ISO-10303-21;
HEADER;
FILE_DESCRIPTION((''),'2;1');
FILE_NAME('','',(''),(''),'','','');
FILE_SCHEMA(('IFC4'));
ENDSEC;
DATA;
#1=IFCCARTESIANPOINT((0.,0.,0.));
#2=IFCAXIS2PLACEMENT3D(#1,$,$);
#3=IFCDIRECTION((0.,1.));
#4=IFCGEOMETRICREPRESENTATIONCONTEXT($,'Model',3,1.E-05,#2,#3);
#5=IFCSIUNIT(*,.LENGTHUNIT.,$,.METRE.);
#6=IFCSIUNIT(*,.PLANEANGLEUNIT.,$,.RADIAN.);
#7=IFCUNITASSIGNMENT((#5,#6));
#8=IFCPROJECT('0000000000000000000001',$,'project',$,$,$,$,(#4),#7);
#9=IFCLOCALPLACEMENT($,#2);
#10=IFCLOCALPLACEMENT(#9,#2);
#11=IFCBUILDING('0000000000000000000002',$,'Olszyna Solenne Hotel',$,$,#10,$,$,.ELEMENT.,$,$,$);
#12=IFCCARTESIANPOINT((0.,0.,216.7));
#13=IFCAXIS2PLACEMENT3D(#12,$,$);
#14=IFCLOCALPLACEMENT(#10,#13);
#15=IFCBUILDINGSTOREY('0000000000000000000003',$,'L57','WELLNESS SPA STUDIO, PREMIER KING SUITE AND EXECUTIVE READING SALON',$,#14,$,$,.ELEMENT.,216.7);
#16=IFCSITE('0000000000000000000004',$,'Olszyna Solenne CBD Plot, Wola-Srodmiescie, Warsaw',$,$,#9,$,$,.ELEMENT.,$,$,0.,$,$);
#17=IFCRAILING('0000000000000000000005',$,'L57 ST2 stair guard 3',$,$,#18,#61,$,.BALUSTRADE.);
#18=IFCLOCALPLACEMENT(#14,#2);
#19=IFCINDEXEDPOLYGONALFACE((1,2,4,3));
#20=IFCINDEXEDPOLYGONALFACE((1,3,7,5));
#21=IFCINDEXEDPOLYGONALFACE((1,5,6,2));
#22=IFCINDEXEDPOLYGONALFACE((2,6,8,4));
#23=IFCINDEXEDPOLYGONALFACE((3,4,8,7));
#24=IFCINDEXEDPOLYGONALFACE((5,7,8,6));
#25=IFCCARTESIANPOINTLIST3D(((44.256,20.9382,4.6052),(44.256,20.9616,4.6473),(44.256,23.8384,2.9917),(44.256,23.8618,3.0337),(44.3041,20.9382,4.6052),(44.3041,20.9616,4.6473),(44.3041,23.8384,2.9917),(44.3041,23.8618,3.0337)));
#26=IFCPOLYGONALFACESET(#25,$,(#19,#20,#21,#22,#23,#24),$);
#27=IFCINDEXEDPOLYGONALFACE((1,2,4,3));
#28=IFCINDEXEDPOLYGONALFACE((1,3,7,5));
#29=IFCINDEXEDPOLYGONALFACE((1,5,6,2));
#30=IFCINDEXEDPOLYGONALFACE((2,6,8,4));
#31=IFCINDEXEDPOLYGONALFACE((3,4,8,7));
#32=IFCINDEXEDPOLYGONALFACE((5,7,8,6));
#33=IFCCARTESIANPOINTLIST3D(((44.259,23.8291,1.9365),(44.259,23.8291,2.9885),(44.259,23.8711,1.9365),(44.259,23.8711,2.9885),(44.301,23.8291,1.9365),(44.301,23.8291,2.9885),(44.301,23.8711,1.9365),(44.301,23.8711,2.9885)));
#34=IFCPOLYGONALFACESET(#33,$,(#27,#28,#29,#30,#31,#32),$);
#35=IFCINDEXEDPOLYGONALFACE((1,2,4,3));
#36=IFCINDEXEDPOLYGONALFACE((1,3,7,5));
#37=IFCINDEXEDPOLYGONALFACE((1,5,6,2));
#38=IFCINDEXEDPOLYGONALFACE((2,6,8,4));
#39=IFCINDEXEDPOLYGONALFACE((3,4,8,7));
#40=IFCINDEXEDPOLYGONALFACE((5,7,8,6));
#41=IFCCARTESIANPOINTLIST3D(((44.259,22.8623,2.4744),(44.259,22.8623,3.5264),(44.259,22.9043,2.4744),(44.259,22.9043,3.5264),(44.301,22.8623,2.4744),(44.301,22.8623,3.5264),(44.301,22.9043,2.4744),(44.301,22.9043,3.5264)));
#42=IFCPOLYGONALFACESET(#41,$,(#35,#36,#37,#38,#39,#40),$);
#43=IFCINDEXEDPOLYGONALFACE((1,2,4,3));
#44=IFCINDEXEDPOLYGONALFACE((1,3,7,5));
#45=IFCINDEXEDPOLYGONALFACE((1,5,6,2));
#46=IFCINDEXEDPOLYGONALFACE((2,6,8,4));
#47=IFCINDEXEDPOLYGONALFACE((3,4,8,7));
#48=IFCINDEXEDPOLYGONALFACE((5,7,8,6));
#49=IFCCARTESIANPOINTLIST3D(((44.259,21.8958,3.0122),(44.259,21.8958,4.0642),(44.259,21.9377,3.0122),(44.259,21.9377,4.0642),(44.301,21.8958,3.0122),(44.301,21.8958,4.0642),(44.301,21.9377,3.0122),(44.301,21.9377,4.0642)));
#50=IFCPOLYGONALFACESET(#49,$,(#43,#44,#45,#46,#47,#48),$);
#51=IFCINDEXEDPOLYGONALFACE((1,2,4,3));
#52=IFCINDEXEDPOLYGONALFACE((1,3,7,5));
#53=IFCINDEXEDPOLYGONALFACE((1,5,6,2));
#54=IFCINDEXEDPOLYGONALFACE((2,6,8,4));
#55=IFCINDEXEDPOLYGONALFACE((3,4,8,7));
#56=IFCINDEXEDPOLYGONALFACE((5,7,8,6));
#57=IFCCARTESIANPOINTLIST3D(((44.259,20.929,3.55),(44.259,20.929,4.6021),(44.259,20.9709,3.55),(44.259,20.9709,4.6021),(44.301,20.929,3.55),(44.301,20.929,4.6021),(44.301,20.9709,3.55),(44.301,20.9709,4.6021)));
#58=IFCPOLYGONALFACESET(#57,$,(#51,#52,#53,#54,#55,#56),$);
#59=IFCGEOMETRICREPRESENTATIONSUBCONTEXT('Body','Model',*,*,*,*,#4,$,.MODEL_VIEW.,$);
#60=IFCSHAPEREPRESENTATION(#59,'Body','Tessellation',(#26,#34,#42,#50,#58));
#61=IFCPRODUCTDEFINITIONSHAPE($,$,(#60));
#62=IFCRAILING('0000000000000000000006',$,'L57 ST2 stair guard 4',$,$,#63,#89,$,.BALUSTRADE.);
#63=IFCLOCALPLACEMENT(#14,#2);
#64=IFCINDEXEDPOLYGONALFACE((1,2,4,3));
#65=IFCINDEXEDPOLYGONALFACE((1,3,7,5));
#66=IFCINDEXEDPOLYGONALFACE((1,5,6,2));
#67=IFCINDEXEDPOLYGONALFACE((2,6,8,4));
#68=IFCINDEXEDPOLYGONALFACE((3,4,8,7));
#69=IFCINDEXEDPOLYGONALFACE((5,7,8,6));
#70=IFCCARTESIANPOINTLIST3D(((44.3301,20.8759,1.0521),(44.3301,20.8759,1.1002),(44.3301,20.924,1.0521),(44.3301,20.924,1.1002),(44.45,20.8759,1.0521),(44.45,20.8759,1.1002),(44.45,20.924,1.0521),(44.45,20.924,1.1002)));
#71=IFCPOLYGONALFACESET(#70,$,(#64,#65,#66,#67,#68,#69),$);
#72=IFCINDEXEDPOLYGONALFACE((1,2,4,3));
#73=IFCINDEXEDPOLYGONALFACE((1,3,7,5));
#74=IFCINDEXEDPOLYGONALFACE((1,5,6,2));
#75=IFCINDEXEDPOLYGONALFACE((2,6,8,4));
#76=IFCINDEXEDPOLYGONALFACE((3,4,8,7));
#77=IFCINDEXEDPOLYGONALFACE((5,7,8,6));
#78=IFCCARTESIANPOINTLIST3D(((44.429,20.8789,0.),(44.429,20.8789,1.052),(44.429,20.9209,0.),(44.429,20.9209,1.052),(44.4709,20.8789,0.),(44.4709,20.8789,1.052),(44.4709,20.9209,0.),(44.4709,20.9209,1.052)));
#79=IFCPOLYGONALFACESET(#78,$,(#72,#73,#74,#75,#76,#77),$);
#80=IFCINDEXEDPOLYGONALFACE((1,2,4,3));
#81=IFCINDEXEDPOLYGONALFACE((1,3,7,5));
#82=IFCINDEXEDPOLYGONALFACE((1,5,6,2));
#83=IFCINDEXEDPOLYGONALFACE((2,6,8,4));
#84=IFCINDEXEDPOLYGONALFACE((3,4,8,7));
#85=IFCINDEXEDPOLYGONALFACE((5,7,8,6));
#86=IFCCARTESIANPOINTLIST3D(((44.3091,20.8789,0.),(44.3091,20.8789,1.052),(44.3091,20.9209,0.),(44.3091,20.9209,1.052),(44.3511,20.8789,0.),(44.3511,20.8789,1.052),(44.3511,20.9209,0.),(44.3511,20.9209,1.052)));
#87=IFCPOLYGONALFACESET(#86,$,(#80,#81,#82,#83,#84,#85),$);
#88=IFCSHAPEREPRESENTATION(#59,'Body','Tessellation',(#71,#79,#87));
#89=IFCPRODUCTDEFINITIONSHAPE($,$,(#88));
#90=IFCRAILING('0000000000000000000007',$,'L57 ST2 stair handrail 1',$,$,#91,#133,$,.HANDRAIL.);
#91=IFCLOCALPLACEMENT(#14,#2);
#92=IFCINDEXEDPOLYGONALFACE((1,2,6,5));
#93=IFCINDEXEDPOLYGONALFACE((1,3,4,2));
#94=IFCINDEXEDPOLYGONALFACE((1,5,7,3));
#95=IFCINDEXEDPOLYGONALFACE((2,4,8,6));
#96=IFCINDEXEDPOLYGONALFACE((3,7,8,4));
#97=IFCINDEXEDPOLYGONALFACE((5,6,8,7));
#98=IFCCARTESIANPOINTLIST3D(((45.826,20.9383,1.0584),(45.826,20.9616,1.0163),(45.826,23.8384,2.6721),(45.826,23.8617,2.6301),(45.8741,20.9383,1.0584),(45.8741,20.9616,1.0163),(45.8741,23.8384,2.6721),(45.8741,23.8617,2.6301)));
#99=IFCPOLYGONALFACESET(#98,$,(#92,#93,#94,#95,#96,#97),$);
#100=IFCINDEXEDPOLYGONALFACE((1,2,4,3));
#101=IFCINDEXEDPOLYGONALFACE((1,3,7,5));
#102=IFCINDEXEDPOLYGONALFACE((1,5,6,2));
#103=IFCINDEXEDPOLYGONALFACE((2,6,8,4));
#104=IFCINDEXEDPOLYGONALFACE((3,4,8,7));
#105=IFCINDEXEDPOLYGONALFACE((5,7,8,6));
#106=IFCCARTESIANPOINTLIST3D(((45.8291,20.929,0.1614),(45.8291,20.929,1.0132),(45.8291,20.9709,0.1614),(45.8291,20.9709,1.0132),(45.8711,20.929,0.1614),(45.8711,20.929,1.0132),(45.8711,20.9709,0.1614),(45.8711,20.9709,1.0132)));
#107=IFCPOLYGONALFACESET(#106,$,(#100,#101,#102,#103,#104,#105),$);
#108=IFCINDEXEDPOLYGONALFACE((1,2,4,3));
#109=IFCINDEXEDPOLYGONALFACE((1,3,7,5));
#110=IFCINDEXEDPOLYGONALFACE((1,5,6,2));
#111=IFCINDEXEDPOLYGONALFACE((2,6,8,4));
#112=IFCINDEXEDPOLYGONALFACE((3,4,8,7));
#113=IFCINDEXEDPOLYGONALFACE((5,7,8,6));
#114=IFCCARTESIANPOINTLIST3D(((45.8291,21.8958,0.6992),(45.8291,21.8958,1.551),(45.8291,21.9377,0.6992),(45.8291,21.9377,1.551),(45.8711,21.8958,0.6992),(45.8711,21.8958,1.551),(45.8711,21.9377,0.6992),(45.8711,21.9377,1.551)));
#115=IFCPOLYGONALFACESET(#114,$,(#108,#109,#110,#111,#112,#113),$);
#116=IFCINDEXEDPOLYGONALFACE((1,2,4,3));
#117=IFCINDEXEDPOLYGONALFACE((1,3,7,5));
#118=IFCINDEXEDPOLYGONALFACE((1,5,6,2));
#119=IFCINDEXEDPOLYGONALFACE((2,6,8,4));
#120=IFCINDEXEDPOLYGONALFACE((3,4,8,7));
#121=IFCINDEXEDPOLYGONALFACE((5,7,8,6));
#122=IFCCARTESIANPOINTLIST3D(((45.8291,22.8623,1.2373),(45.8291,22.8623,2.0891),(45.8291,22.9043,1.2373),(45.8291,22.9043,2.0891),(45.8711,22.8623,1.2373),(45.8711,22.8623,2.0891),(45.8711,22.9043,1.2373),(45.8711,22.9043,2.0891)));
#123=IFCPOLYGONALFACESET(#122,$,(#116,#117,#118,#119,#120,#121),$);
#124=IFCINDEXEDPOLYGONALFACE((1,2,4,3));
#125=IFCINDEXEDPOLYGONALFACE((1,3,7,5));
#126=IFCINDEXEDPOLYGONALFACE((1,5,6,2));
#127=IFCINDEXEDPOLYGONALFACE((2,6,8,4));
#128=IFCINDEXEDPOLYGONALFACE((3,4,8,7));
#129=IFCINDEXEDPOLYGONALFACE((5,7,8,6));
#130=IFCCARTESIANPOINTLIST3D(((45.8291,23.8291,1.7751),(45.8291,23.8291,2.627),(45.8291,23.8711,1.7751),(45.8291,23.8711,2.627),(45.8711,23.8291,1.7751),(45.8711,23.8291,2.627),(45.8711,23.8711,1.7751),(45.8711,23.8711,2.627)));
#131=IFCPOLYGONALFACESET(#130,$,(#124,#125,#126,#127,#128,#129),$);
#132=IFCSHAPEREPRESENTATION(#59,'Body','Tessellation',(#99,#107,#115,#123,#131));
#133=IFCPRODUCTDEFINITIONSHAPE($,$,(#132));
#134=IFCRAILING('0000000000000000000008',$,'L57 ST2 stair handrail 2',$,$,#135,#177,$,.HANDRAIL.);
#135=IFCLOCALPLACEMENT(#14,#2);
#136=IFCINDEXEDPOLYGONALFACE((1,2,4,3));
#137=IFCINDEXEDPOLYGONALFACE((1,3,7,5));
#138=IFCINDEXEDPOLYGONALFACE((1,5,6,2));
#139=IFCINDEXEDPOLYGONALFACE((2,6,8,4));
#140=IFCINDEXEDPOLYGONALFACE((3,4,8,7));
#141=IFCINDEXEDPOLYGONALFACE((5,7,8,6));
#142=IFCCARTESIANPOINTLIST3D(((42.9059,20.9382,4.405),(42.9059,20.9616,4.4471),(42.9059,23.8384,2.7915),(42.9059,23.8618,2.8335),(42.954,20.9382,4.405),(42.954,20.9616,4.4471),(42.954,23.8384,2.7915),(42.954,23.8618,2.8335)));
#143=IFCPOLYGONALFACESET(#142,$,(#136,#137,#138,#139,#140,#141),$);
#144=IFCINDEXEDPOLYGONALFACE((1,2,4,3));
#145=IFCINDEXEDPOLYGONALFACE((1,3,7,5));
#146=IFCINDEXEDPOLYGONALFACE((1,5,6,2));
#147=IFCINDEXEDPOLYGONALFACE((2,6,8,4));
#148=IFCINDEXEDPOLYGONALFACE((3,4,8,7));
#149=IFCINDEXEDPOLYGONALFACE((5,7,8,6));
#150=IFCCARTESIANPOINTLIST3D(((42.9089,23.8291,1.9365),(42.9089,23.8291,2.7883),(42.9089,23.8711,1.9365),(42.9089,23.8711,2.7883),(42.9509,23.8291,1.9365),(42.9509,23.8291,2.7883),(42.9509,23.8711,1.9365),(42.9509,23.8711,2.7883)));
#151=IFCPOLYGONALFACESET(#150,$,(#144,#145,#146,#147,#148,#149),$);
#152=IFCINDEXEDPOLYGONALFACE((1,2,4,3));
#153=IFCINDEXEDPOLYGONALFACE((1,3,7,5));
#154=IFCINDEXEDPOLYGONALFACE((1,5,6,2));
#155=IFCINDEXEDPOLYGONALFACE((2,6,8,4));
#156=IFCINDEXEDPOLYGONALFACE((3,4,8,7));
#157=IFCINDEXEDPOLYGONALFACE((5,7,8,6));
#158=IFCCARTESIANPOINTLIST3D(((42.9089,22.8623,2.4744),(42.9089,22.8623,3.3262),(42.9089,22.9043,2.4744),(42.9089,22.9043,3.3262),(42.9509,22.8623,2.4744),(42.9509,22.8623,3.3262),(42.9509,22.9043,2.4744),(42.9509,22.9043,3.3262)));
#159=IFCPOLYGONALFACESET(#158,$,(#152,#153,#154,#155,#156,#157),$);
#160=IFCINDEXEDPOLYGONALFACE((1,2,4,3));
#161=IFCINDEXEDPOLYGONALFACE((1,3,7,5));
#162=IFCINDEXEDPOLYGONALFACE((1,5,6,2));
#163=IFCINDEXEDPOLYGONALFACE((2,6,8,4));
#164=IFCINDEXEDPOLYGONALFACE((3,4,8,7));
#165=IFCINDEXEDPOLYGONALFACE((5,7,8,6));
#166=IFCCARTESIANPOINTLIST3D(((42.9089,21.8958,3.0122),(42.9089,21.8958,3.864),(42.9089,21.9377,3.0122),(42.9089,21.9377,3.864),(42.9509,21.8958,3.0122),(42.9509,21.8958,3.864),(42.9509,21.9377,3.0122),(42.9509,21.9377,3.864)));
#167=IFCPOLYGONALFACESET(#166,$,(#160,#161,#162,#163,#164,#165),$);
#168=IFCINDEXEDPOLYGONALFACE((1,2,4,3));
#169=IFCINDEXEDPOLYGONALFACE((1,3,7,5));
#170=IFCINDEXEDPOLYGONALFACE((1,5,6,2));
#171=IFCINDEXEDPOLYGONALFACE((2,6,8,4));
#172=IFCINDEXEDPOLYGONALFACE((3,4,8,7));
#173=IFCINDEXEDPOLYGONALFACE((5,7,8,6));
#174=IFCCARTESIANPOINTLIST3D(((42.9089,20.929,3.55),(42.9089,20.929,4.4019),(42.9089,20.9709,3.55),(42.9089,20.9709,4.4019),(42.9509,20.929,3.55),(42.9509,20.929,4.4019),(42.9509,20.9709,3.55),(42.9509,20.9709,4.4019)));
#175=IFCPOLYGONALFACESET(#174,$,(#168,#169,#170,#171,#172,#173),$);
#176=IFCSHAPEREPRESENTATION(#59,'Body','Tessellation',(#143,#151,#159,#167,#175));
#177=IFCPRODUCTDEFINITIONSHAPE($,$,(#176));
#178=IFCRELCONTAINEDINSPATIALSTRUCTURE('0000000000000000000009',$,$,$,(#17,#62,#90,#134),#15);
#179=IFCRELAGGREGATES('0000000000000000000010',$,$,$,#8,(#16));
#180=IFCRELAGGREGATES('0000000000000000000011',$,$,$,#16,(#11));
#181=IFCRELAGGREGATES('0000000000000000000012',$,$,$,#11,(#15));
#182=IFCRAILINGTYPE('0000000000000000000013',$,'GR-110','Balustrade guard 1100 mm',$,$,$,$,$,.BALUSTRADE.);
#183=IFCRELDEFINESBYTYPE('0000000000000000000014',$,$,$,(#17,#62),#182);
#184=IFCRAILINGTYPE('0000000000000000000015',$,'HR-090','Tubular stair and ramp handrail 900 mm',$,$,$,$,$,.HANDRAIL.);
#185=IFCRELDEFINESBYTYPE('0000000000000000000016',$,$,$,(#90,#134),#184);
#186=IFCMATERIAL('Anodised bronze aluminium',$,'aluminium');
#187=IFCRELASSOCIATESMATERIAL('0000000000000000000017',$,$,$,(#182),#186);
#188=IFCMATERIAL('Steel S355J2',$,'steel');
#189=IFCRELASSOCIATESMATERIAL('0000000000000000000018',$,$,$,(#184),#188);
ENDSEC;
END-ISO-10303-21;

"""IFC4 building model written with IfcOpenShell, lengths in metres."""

from ifc_helpers import new_model, si_unit, direction, frame, origin, origin_2d, place, context, subcontext, project, spatial, rectangle, extrude, material, type_object, element, save


model = new_model("IFC4")

# Units and contexts
model_context = context("Model", 3, precision=1e-05, world=origin(), true_north=direction((0.0, 1.0)))
body_context = subcontext(model_context, "Body", "Model", "MODEL_VIEW")
ifc_project = project(units=[si_unit("LENGTHUNIT", "METRE"), si_unit("PLANEANGLEUNIT", "RADIAN")], contexts=[model_context])

# Site, building, storey
site_placement = place(None, origin())
site = spatial("IfcSite", under=ifc_project, at=site_placement, Name="Olszyna Solenne CBD Plot, Wola-Srodmiescie, Warsaw", CompositionType="ELEMENT", RefElevation=0.0)
building_placement = place(site_placement, origin())
building = spatial("IfcBuilding", under=site, at=building_placement, Name="Olszyna Solenne Hotel", CompositionType="ELEMENT")
storey_placement = place(building_placement, frame((0.0, 0.0, 216.7)))
storey = spatial("IfcBuildingStorey", under=building, at=storey_placement, Name="L57", Description="WELLNESS SPA STUDIO, PREMIER KING SUITE AND EXECUTIVE READING SALON", CompositionType="ELEMENT", Elevation=216.7)

# Shared definitions
ifc_material_1 = material(Name="Steel S355J2", Category="steel")

# Shared definitions
ifc_material_2 = material(Name="Anodised bronze aluminium", Category="aluminium")

# Railings
railing_type_1 = type_object("IfcRailingType", Name="GR-110", Description="Balustrade guard 1100 mm", PredefinedType="BALUSTRADE", material=ifc_material_2)
railing_1_placement = place(storey_placement, frame((44.28, 23.8501, 1.9365)))
element("IfcRailing", 1, at=railing_1_placement, inside=storey, type_object=railing_type_1, Name="L57 ST2 stair guard 3", PredefinedType="BALUSTRADE", context=body_context, shape_type="SweptSolid", body=[
    extrude(rectangle(XDim=0.0481, YDim=0.0481, at=origin_2d()), frame((0.0, 0.0, 1.0762), z_axis=(0.0, -0.873859, 0.48618), x_axis=(1.0, 0.0, 0.0)), (0.0, 0.0, 1.0), 3.3188),
    extrude(rectangle(XDim=0.042, YDim=0.042, at=origin_2d()), origin(), (0.0, 0.0, 1.0), 1.052),
    extrude(rectangle(XDim=0.042, YDim=0.042, at=origin_2d()), frame((0.0, -0.9668, 0.5378)), (0.0, 0.0, 1.0), 1.052),
    extrude(rectangle(XDim=0.042, YDim=0.042, at=origin_2d()), frame((0.0, -1.9333, 1.0757)), (0.0, 0.0, 1.0), 1.052),
    extrude(rectangle(XDim=0.042, YDim=0.042, at=origin_2d()), frame((0.0, -2.9001, 1.6135)), (0.0, 0.0, 1.0), 1.052),
])
railing_2_placement = place(storey_placement, frame((44.45, 20.8999, 0.0)))
element("IfcRailing", 2, at=railing_2_placement, inside=storey, type_object=railing_type_1, Name="L57 ST2 stair guard 4", PredefinedType="BALUSTRADE", context=body_context, shape_type="SweptSolid", body=[
    extrude(rectangle(XDim=0.0481, YDim=0.0481, at=origin_2d()), frame((0.0, 0.0, 1.0762), z_axis=(-1.0, 0.0, 0.0), x_axis=(0.0, -1.0, 0.0)), (0.0, 0.0, 1.0), 0.1199),
    extrude(rectangle(XDim=0.042, YDim=0.042, at=origin_2d()), origin(), (0.0, 0.0, 1.0), 1.052),
    extrude(rectangle(XDim=0.042, YDim=0.042, at=origin_2d()), frame((-0.1199, 0.0, 0.0)), (0.0, 0.0, 1.0), 1.052),
])
railing_type_2 = type_object("IfcRailingType", Name="HR-090", Description="Tubular stair and ramp handrail 900 mm", PredefinedType="HANDRAIL", material=ifc_material_1)
railing_3_placement = place(storey_placement, frame((45.8501, 20.95, 0.1614)))
element("IfcRailing", 3, at=railing_3_placement, inside=storey, type_object=railing_type_2, Name="L57 ST2 stair handrail 1", PredefinedType="HANDRAIL", context=body_context, shape_type="SweptSolid", body=[
    extrude(rectangle(XDim=0.0481, YDim=0.0481, at=origin_2d()), frame((0.0, 0.0, 0.876), z_axis=(0.0, 0.873827, 0.486236), x_axis=(-1.0, 0.0, 0.0)), (0.0, 0.0, 1.0), 3.3188),
    extrude(rectangle(XDim=0.042, YDim=0.042, at=origin_2d()), origin(), (0.0, 0.0, 1.0), 0.8518),
    extrude(rectangle(XDim=0.042, YDim=0.042, at=origin_2d()), frame((0.0, 0.9668, 0.5378)), (0.0, 0.0, 1.0), 0.8518),
    extrude(rectangle(XDim=0.042, YDim=0.042, at=origin_2d()), frame((0.0, 1.9333, 1.0759)), (0.0, 0.0, 1.0), 0.8518),
    extrude(rectangle(XDim=0.042, YDim=0.042, at=origin_2d()), frame((0.0, 2.9001, 1.6138)), (0.0, 0.0, 1.0), 0.8518),
])
railing_4_placement = place(storey_placement, frame((42.9299, 23.8501, 1.9365)))
element("IfcRailing", 4, at=railing_4_placement, inside=storey, type_object=railing_type_2, Name="L57 ST2 stair handrail 2", PredefinedType="HANDRAIL", context=body_context, shape_type="SweptSolid", body=[
    extrude(rectangle(XDim=0.0481, YDim=0.0481, at=origin_2d()), frame((0.0, 0.0, 0.876), z_axis=(0.0, -0.873859, 0.48618), x_axis=(1.0, 0.0, 0.0)), (0.0, 0.0, 1.0), 3.3188),
    extrude(rectangle(XDim=0.042, YDim=0.042, at=origin_2d()), origin(), (0.0, 0.0, 1.0), 0.8518),
    extrude(rectangle(XDim=0.042, YDim=0.042, at=origin_2d()), frame((0.0, -0.9668, 0.5378)), (0.0, 0.0, 1.0), 0.8518),
    extrude(rectangle(XDim=0.042, YDim=0.042, at=origin_2d()), frame((0.0, -1.9333, 1.0757)), (0.0, 0.0, 1.0), 0.8518),
    extrude(rectangle(XDim=0.042, YDim=0.042, at=origin_2d()), frame((0.0, -2.9001, 1.6135)), (0.0, 0.0, 1.0), 0.8518),
])

save(model, "model.ifc")
